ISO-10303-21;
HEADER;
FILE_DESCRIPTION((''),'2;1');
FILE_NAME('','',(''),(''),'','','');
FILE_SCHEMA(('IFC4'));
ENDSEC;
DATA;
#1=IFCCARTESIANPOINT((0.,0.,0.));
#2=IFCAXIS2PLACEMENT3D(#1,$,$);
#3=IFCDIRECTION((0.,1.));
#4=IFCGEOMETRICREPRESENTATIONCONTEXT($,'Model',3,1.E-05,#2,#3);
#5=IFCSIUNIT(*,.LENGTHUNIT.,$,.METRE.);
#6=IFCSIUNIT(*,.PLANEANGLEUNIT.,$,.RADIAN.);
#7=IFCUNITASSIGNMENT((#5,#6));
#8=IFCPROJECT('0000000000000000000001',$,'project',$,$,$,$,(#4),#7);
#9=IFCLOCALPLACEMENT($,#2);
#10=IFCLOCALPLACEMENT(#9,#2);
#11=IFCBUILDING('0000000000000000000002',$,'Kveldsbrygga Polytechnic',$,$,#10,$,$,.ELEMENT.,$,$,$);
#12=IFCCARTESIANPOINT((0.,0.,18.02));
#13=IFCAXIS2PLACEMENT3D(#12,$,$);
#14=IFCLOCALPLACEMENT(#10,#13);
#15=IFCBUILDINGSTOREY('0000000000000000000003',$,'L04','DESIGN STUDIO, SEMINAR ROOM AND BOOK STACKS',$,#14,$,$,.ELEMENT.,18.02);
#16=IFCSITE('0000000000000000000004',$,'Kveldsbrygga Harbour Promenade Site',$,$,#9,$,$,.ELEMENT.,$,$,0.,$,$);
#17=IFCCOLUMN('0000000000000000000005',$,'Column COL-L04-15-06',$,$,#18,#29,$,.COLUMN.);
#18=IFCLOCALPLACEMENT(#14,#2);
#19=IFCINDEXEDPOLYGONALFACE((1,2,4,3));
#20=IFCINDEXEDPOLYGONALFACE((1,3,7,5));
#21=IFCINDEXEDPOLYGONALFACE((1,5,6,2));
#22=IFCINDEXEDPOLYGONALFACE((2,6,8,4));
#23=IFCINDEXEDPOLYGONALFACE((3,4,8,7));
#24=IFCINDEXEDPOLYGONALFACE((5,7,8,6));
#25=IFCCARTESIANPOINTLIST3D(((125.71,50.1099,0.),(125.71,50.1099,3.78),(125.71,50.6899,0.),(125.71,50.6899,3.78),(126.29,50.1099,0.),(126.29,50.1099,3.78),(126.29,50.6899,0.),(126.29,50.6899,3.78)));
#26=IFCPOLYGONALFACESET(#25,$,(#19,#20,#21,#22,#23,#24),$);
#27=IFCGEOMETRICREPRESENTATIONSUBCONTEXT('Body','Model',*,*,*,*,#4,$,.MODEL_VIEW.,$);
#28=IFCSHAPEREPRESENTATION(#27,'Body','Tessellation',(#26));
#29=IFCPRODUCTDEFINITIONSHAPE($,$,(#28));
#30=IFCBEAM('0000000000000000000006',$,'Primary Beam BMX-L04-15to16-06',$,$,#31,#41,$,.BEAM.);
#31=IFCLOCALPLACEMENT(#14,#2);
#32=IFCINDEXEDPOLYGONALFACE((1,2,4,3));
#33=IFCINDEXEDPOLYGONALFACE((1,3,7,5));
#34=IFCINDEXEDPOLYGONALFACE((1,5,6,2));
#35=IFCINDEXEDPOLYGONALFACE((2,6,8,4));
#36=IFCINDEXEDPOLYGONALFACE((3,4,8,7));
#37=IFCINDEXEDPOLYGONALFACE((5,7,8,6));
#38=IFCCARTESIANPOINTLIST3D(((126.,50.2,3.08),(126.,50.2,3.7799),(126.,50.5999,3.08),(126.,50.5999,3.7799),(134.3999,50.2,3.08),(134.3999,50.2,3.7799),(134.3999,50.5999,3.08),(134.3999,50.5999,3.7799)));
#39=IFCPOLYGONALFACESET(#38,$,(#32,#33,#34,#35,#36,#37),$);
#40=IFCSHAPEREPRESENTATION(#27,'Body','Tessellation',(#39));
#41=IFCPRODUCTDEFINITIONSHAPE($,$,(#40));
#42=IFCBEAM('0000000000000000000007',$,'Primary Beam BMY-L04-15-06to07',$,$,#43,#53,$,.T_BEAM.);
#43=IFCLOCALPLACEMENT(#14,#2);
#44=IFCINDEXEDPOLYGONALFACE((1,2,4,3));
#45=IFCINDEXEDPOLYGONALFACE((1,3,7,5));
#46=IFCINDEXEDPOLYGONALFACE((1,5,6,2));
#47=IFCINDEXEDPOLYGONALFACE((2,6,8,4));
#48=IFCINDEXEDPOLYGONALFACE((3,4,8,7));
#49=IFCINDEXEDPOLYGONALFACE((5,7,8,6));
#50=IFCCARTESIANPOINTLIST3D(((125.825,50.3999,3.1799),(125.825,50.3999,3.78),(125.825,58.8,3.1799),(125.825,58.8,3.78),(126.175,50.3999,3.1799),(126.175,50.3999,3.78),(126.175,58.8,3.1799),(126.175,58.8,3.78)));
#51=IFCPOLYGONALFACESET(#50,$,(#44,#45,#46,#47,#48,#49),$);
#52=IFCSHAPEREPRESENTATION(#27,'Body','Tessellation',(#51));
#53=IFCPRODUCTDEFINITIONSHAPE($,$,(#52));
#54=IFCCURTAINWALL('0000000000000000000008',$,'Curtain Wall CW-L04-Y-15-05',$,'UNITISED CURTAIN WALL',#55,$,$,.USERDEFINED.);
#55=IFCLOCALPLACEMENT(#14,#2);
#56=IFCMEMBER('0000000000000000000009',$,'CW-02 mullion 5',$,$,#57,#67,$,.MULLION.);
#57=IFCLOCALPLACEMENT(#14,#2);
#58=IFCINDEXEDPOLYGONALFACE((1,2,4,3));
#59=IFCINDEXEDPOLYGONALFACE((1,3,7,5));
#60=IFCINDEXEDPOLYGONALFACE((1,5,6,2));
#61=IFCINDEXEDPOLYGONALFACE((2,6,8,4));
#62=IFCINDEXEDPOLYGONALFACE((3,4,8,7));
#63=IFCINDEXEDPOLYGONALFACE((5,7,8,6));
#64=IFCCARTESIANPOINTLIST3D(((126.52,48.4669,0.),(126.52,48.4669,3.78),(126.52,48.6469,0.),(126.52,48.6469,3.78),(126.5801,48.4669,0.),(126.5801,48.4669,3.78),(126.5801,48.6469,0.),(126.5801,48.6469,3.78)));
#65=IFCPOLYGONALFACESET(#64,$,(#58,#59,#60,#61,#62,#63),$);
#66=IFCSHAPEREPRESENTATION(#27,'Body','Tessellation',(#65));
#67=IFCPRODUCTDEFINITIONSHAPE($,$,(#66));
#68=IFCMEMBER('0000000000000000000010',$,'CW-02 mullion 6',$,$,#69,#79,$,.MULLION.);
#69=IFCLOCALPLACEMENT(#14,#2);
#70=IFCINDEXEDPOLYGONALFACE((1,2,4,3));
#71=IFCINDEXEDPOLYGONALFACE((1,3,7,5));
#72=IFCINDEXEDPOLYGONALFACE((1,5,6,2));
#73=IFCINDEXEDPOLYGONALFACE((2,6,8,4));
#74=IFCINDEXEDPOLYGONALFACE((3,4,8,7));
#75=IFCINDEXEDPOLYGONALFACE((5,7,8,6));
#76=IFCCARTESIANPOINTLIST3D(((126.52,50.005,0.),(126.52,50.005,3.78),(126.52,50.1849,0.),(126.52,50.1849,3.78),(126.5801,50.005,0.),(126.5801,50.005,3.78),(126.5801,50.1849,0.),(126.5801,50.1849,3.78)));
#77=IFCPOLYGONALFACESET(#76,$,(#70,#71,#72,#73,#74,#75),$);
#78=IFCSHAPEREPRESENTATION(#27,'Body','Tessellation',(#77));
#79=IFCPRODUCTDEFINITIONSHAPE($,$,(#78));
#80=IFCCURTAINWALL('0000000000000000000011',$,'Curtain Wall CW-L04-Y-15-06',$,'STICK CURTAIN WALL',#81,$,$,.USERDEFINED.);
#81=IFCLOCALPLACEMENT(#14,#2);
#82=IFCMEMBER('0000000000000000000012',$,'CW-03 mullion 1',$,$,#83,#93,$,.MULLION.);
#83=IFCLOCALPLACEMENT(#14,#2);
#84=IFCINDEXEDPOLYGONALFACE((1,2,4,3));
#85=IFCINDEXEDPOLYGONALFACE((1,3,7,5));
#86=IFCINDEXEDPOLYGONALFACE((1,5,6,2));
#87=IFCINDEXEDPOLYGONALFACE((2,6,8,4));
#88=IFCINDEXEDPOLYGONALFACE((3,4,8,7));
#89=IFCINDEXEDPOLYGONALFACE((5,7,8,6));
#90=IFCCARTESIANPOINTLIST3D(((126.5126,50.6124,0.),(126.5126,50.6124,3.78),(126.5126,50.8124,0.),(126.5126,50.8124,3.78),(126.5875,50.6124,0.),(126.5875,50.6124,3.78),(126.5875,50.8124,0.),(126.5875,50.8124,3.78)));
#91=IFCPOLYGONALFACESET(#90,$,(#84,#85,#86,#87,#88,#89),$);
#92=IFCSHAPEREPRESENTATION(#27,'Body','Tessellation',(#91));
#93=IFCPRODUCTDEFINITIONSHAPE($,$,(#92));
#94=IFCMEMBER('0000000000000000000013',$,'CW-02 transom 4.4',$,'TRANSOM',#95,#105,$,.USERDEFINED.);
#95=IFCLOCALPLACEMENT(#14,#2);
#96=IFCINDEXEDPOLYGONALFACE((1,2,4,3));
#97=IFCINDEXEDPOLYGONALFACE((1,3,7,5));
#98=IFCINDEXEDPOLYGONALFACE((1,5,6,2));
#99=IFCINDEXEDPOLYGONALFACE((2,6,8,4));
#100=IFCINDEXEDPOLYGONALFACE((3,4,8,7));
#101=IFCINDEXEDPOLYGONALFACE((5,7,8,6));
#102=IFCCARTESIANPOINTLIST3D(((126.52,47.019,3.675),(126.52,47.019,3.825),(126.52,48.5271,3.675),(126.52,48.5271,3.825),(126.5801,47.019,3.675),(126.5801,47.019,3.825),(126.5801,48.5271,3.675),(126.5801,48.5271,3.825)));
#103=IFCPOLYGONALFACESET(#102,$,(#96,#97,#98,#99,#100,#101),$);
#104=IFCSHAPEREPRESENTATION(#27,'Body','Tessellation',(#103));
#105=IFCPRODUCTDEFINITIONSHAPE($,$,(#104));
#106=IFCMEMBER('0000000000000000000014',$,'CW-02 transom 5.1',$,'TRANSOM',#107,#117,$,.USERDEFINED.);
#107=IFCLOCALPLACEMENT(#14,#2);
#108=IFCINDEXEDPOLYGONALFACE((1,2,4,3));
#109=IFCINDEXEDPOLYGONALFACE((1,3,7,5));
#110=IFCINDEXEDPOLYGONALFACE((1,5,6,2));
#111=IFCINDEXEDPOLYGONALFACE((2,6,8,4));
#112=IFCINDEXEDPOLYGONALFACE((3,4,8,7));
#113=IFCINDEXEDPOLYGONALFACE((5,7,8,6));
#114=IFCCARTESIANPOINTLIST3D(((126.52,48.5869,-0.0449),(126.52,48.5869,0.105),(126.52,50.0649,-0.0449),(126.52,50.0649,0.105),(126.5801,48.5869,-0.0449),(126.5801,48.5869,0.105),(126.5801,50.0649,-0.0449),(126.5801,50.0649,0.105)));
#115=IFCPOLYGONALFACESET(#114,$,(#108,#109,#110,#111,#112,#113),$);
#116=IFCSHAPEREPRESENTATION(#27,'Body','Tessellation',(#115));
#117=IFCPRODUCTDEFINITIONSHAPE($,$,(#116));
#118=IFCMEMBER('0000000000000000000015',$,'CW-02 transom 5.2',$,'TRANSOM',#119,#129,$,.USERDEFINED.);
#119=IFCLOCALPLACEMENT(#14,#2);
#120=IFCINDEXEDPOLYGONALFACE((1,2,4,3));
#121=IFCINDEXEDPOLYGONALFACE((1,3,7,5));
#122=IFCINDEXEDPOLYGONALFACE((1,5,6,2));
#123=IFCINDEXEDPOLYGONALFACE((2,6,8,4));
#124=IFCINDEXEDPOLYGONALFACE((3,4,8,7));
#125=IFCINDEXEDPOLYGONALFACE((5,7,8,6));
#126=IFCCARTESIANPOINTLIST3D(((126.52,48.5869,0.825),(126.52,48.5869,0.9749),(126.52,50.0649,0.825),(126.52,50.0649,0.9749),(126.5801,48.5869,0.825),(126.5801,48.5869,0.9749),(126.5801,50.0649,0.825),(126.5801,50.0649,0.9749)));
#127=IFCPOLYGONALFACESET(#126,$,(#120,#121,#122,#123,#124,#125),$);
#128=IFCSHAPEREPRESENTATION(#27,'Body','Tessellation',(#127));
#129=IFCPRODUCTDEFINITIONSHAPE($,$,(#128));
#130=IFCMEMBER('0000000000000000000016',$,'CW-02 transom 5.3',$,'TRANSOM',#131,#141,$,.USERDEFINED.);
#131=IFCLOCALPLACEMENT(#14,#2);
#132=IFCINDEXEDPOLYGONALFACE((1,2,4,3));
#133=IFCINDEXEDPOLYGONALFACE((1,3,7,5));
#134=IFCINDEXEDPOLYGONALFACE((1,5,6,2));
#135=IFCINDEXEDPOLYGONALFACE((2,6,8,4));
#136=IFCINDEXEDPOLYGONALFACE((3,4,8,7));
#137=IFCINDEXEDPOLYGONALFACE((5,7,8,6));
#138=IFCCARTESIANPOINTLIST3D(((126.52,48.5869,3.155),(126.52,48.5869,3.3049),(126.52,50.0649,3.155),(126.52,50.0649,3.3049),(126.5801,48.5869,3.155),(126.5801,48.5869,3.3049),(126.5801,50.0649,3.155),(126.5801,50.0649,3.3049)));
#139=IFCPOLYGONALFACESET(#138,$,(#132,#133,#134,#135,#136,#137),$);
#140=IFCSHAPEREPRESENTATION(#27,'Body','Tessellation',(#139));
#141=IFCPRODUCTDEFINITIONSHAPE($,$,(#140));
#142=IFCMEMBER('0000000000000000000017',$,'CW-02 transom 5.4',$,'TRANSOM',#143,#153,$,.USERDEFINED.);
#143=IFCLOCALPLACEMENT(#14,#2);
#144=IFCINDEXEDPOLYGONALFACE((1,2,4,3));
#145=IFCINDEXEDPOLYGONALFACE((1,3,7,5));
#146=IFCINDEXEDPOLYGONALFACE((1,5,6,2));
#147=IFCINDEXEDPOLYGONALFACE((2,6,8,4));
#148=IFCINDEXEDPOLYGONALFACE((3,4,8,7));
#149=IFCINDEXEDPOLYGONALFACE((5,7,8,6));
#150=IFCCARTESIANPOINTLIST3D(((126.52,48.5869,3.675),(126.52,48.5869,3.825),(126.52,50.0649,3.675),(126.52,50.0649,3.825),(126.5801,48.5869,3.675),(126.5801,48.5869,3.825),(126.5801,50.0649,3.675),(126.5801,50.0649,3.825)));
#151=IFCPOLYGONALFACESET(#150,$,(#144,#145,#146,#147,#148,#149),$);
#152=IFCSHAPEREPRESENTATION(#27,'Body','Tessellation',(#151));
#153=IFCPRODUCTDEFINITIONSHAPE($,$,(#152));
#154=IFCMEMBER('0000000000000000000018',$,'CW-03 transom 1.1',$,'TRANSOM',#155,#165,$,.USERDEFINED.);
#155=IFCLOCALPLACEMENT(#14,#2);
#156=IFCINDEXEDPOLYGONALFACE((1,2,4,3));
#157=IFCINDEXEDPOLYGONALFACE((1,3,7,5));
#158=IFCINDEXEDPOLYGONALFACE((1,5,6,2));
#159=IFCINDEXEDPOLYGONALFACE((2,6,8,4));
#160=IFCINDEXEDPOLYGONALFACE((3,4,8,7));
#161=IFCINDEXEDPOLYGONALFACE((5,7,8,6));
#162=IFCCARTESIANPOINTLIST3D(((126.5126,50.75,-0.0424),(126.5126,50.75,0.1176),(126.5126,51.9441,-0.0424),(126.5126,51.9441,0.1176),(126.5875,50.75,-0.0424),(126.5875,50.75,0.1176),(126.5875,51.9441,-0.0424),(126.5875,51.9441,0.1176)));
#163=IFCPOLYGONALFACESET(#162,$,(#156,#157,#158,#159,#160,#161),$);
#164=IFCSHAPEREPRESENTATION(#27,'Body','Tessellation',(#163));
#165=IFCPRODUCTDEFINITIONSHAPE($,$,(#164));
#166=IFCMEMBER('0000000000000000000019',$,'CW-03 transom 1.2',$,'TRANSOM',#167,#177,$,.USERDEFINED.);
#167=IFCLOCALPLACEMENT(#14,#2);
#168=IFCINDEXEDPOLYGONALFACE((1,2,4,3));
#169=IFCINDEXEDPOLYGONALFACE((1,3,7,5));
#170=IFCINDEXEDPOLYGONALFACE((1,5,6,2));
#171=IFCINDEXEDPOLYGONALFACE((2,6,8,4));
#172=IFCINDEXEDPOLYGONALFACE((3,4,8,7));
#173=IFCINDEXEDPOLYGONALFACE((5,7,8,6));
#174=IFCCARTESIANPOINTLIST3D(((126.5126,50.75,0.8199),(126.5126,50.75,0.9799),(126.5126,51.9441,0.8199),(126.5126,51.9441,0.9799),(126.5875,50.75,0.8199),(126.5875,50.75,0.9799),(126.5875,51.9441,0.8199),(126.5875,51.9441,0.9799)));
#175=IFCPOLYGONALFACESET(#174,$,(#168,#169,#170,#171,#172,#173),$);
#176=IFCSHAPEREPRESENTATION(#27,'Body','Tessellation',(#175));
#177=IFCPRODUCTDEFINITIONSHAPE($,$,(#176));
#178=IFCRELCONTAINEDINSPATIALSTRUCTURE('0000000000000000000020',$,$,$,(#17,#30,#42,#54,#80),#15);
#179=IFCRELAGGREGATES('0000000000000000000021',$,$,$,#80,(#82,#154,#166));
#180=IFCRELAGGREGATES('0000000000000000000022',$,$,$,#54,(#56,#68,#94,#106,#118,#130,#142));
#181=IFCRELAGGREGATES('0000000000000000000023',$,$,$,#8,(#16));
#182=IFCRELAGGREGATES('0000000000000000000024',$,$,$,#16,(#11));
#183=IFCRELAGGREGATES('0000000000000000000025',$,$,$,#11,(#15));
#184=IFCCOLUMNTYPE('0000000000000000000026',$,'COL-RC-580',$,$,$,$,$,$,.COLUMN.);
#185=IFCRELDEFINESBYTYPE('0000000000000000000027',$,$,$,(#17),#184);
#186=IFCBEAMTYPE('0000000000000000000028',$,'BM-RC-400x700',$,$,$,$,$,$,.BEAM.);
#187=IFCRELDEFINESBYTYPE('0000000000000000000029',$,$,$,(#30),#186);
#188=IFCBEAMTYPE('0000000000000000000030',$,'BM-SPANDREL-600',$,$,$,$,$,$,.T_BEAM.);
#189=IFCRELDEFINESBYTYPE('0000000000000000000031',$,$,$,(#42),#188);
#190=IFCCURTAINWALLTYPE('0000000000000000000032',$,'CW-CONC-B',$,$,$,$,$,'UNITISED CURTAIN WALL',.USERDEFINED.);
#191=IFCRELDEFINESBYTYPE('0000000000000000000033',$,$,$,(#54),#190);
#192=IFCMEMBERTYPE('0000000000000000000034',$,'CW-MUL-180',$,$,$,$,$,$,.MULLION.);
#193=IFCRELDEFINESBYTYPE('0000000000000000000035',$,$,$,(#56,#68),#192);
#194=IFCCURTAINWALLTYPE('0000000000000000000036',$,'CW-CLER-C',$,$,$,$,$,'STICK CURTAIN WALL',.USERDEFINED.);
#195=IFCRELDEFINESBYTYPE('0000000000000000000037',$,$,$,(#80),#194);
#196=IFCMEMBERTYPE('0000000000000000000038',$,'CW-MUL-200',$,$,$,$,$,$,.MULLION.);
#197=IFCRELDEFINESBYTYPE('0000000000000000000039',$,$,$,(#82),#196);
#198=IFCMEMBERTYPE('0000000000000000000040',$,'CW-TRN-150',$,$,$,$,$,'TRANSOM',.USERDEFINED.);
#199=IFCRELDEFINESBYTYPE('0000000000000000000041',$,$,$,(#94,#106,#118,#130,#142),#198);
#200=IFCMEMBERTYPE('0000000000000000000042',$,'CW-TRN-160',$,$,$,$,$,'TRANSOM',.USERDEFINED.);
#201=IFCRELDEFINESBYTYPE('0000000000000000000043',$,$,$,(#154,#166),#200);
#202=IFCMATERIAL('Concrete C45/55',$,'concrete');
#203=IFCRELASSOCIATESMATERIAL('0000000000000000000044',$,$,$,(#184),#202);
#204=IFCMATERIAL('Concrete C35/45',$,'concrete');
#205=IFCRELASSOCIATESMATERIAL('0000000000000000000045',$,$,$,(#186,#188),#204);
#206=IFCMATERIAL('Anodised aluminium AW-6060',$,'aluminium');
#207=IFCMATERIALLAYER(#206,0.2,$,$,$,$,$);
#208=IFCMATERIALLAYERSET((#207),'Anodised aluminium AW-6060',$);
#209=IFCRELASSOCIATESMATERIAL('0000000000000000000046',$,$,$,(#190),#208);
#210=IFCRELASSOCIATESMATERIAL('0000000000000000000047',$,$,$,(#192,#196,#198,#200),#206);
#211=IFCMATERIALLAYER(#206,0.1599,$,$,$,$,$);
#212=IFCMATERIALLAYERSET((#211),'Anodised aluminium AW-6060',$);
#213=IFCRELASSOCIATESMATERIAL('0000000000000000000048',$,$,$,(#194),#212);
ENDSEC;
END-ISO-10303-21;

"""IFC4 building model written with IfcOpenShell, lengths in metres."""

from ifc_helpers import new_model, si_unit, direction, frame, origin, origin_2d, place, context, subcontext, project, spatial, rectangle, extrude, material, layer, layer_set, material_profile, profile_set, type_object, element, aggregate, save


model = new_model("IFC4")

# Units and contexts
model_context = context("Model", 3, precision=1e-05, world=origin(), true_north=direction((0.0, 1.0)))
body_context = subcontext(model_context, "Body", "Model", "MODEL_VIEW")
ifc_project = project(units=[si_unit("LENGTHUNIT", "METRE"), si_unit("PLANEANGLEUNIT", "RADIAN")], contexts=[model_context])

# Site, building, storey
site_placement = place(None, origin())
site = spatial("IfcSite", under=ifc_project, at=site_placement, Name="Kveldsbrygga Harbour Promenade Site", CompositionType="ELEMENT", RefElevation=0.0)
building_placement = place(site_placement, origin())
building = spatial("IfcBuilding", under=site, at=building_placement, Name="Kveldsbrygga Polytechnic", CompositionType="ELEMENT")
storey_placement = place(building_placement, frame((0.0, 0.0, 18.02)))
storey = spatial("IfcBuildingStorey", under=building, at=storey_placement, Name="L04", Description="DESIGN STUDIO, SEMINAR ROOM AND BOOK STACKS", CompositionType="ELEMENT", Elevation=18.02)

# Column
ifc_material_1 = material(Name="Concrete C45/55", Category="concrete")
ifc_material_profile_1 = material_profile(ifc_material_1, rectangle(XDim=0.5801, YDim=0.5801, at=origin_2d()), Name="RC 580x580")
ifc_profile_set_1 = profile_set([ifc_material_profile_1], Name="Concrete C45/55")
column_type = type_object("IfcColumnType", Name="COL-RC-580", PredefinedType="COLUMN", material=ifc_profile_set_1)
column_placement = place(storey_placement, frame((126.0, 50.3999, 0.0), z_axis=(0.0, 0.0, 1.0), x_axis=(1.0, 0.0, 0.0)))
element("IfcColumn", 1, at=column_placement, inside=storey, type_object=column_type, Name="Column COL-L04-15-06", PredefinedType="COLUMN", context=body_context, shape_type="SweptSolid", body=[
    extrude(rectangle(XDim=0.5801, YDim=0.5801, at=origin_2d()), origin(), (0.0, 0.0, 1.0), 3.78),
])

# Beams
ifc_material_2 = material(Name="Concrete C35/45", Category="concrete")
ifc_material_profile_2 = material_profile(ifc_material_2, rectangle(XDim=0.3999, YDim=0.7, at=origin_2d()), Name="RC 400x700")
ifc_profile_set_2 = profile_set([ifc_material_profile_2], Name="Concrete C35/45")
beam_type_1 = type_object("IfcBeamType", Name="BM-RC-400x700", PredefinedType="BEAM", material=ifc_profile_set_2)
beam_1_placement = place(storey_placement, frame((126.0, 50.3999, 3.4299), z_axis=(1.0, 0.0, 0.0), x_axis=(0.0, 1.0, 0.0)))
element("IfcBeam", 2, at=beam_1_placement, inside=storey, type_object=beam_type_1, Name="Primary Beam BMX-L04-15to16-06", PredefinedType="BEAM", context=body_context, shape_type="SweptSolid", body=[
    extrude(rectangle(XDim=0.3999, YDim=0.7, at=origin_2d()), origin(), (0.0, 0.0, 1.0), 8.3999),
])
ifc_material_profile_3 = material_profile(ifc_material_2, rectangle(XDim=0.3501, YDim=0.6001, at=origin_2d()), Name="RC 350x600")
ifc_profile_set_3 = profile_set([ifc_material_profile_3], Name="Concrete C35/45")
beam_type_2 = type_object("IfcBeamType", Name="BM-SPANDREL-600", PredefinedType="T_BEAM", material=ifc_profile_set_3)
beam_2_placement = place(storey_placement, frame((126.0, 50.3999, 3.48), z_axis=(0.0, 1.0, 0.0), x_axis=(-1.0, 0.0, 0.0)))
element("IfcBeam", 3, at=beam_2_placement, inside=storey, type_object=beam_type_2, Name="Primary Beam BMY-L04-15-06to07", PredefinedType="T_BEAM", context=body_context, shape_type="SweptSolid", body=[
    extrude(rectangle(XDim=0.3501, YDim=0.6001, at=origin_2d()), origin(), (0.0, 0.0, 1.0), 8.4001),
])

# Curtain wall, members
ifc_material_3 = material(Name="Anodised aluminium AW-6060", Category="aluminium")
ifc_layer_1 = layer(ifc_material_3, 0.2)
ifc_layer_set_1 = layer_set([ifc_layer_1], Name="Anodised aluminium AW-6060")
curtain_wall_type_1 = type_object("IfcCurtainWallType", Name="CW-CONC-B", ElementType="UNITISED CURTAIN WALL", PredefinedType="USERDEFINED", material=ifc_layer_set_1)
curtain_wall_1_placement = place(storey_placement, origin())
curtain_wall_1 = element("IfcCurtainWall", 4, at=curtain_wall_1_placement, inside=storey, type_object=curtain_wall_type_1, Name="Curtain Wall CW-L04-Y-15-05", ObjectType="UNITISED CURTAIN WALL", PredefinedType="USERDEFINED")
ifc_material_profile_4 = material_profile(ifc_material_3, rectangle(XDim=0.0601, YDim=0.1799, at=origin_2d()), Name="ALU 60x180")
ifc_profile_set_4 = profile_set([ifc_material_profile_4], Name="Anodised aluminium AW-6060")
member_type_1 = type_object("IfcMemberType", Name="CW-MUL-180", PredefinedType="MULLION", material=ifc_profile_set_4)
member_1_placement = place(storey_placement, frame((126.55, 48.5569, 0.0), z_axis=(0.0, 0.0, 1.0), x_axis=(-1.0, 0.0, 0.0)))
member_1 = element("IfcMember", 5, at=member_1_placement, type_object=member_type_1, Name="CW-02 mullion 5", PredefinedType="MULLION", context=body_context, shape_type="SweptSolid", body=[
    extrude(rectangle(XDim=0.0601, YDim=0.1799, at=origin_2d()), origin(), (0.0, 0.0, 1.0), 3.78),
])
member_2_placement = place(storey_placement, frame((126.55, 50.095, 0.0), z_axis=(0.0, 0.0, 1.0), x_axis=(-1.0, 0.0, 0.0)))
member_2 = element("IfcMember", 6, at=member_2_placement, type_object=member_type_1, Name="CW-02 mullion 6", PredefinedType="MULLION", context=body_context, shape_type="SweptSolid", body=[
    extrude(rectangle(XDim=0.0601, YDim=0.1799, at=origin_2d()), origin(), (0.0, 0.0, 1.0), 3.78),
])

# Curtain wall, member
ifc_layer_2 = layer(ifc_material_3, 0.1599)
ifc_layer_set_2 = layer_set([ifc_layer_2], Name="Anodised aluminium AW-6060")
curtain_wall_type_2 = type_object("IfcCurtainWallType", Name="CW-CLER-C", ElementType="STICK CURTAIN WALL", PredefinedType="USERDEFINED", material=ifc_layer_set_2)
curtain_wall_2_placement = place(storey_placement, origin())
curtain_wall_2 = element("IfcCurtainWall", 7, at=curtain_wall_2_placement, inside=storey, type_object=curtain_wall_type_2, Name="Curtain Wall CW-L04-Y-15-06", ObjectType="STICK CURTAIN WALL", PredefinedType="USERDEFINED")
ifc_material_profile_5 = material_profile(ifc_material_3, rectangle(XDim=0.075, YDim=0.2, at=origin_2d()), Name="ALU 75x200")
ifc_profile_set_5 = profile_set([ifc_material_profile_5], Name="Anodised aluminium AW-6060")
member_type_2 = type_object("IfcMemberType", Name="CW-MUL-200", PredefinedType="MULLION", material=ifc_profile_set_5)
member_3_placement = place(storey_placement, frame((126.55, 50.7124, 0.0), z_axis=(0.0, 0.0, 1.0), x_axis=(-1.0, 0.0, 0.0)))
member_3 = element("IfcMember", 8, at=member_3_placement, type_object=member_type_2, Name="CW-03 mullion 1", PredefinedType="MULLION", context=body_context, shape_type="SweptSolid", body=[
    extrude(rectangle(XDim=0.075, YDim=0.2, at=origin_2d()), origin(), (0.0, 0.0, 1.0), 3.78),
])

# Members
ifc_material_profile_6 = material_profile(ifc_material_3, rectangle(XDim=0.0601, YDim=0.1499, at=origin_2d()), Name="ALU 60x150")
ifc_profile_set_6 = profile_set([ifc_material_profile_6], Name="Anodised aluminium AW-6060")
member_type_3 = type_object("IfcMemberType", Name="CW-TRN-150", ElementType="TRANSOM", PredefinedType="USERDEFINED", material=ifc_profile_set_6)
member_4_placement = place(storey_placement, frame((126.55, 47.019, 3.75), z_axis=(0.0, 1.0, 0.0), x_axis=(-1.0, 0.0, 0.0)))
member_4 = element("IfcMember", 9, at=member_4_placement, type_object=member_type_3, Name="CW-02 transom 4.4", ObjectType="TRANSOM", PredefinedType="USERDEFINED", context=body_context, shape_type="SweptSolid", body=[
    extrude(rectangle(XDim=0.0601, YDim=0.1499, at=origin_2d()), origin(), (0.0, 0.0, 1.0), 1.5081),
])
member_5_placement = place(storey_placement, frame((126.55, 48.5869, 0.03), z_axis=(0.0, 1.0, 0.0), x_axis=(-1.0, 0.0, 0.0)))
member_5 = element("IfcMember", 10, at=member_5_placement, type_object=member_type_3, Name="CW-02 transom 5.1", ObjectType="TRANSOM", PredefinedType="USERDEFINED", context=body_context, shape_type="SweptSolid", body=[
    extrude(rectangle(XDim=0.0601, YDim=0.1499, at=origin_2d()), origin(), (0.0, 0.0, 1.0), 1.478),
])
member_6_placement = place(storey_placement, frame((126.55, 48.5869, 0.8999), z_axis=(0.0, 1.0, 0.0), x_axis=(-1.0, 0.0, 0.0)))
member_6 = element("IfcMember", 11, at=member_6_placement, type_object=member_type_3, Name="CW-02 transom 5.2", ObjectType="TRANSOM", PredefinedType="USERDEFINED", context=body_context, shape_type="SweptSolid", body=[
    extrude(rectangle(XDim=0.0601, YDim=0.1499, at=origin_2d()), origin(), (0.0, 0.0, 1.0), 1.478),
])
member_7_placement = place(storey_placement, frame((126.55, 48.5869, 3.23), z_axis=(0.0, 1.0, 0.0), x_axis=(-1.0, 0.0, 0.0)))
member_7 = element("IfcMember", 12, at=member_7_placement, type_object=member_type_3, Name="CW-02 transom 5.3", ObjectType="TRANSOM", PredefinedType="USERDEFINED", context=body_context, shape_type="SweptSolid", body=[
    extrude(rectangle(XDim=0.0601, YDim=0.1499, at=origin_2d()), origin(), (0.0, 0.0, 1.0), 1.478),
])
member_8_placement = place(storey_placement, frame((126.55, 48.5869, 3.75), z_axis=(0.0, 1.0, 0.0), x_axis=(-1.0, 0.0, 0.0)))
member_8 = element("IfcMember", 13, at=member_8_placement, type_object=member_type_3, Name="CW-02 transom 5.4", ObjectType="TRANSOM", PredefinedType="USERDEFINED", context=body_context, shape_type="SweptSolid", body=[
    extrude(rectangle(XDim=0.0601, YDim=0.1499, at=origin_2d()), origin(), (0.0, 0.0, 1.0), 1.478),
])
ifc_material_profile_7 = material_profile(ifc_material_3, rectangle(XDim=0.075, YDim=0.1599, at=origin_2d()), Name="ALU 75x160")
ifc_profile_set_7 = profile_set([ifc_material_profile_7], Name="Anodised aluminium AW-6060")
member_type_4 = type_object("IfcMemberType", Name="CW-TRN-160", ElementType="TRANSOM", PredefinedType="USERDEFINED", material=ifc_profile_set_7)
member_9_placement = place(storey_placement, frame((126.55, 50.75, 0.0376), z_axis=(0.0, 1.0, 0.0), x_axis=(-1.0, 0.0, 0.0)))
member_9 = element("IfcMember", 14, at=member_9_placement, type_object=member_type_4, Name="CW-03 transom 1.1", ObjectType="TRANSOM", PredefinedType="USERDEFINED", context=body_context, shape_type="SweptSolid", body=[
    extrude(rectangle(XDim=0.075, YDim=0.1599, at=origin_2d()), origin(), (0.0, 0.0, 1.0), 1.1941),
])
member_10_placement = place(storey_placement, frame((126.55, 50.75, 0.8999), z_axis=(0.0, 1.0, 0.0), x_axis=(-1.0, 0.0, 0.0)))
member_10 = element("IfcMember", 15, at=member_10_placement, type_object=member_type_4, Name="CW-03 transom 1.2", ObjectType="TRANSOM", PredefinedType="USERDEFINED", context=body_context, shape_type="SweptSolid", body=[
    extrude(rectangle(XDim=0.075, YDim=0.1599, at=origin_2d()), origin(), (0.0, 0.0, 1.0), 1.1941),
])
aggregate(curtain_wall_2, [member_3, member_9, member_10])

aggregate(curtain_wall_1, [member_1, member_2, member_4, member_5, member_6, member_7, member_8])

save(model, "model.ifc")
